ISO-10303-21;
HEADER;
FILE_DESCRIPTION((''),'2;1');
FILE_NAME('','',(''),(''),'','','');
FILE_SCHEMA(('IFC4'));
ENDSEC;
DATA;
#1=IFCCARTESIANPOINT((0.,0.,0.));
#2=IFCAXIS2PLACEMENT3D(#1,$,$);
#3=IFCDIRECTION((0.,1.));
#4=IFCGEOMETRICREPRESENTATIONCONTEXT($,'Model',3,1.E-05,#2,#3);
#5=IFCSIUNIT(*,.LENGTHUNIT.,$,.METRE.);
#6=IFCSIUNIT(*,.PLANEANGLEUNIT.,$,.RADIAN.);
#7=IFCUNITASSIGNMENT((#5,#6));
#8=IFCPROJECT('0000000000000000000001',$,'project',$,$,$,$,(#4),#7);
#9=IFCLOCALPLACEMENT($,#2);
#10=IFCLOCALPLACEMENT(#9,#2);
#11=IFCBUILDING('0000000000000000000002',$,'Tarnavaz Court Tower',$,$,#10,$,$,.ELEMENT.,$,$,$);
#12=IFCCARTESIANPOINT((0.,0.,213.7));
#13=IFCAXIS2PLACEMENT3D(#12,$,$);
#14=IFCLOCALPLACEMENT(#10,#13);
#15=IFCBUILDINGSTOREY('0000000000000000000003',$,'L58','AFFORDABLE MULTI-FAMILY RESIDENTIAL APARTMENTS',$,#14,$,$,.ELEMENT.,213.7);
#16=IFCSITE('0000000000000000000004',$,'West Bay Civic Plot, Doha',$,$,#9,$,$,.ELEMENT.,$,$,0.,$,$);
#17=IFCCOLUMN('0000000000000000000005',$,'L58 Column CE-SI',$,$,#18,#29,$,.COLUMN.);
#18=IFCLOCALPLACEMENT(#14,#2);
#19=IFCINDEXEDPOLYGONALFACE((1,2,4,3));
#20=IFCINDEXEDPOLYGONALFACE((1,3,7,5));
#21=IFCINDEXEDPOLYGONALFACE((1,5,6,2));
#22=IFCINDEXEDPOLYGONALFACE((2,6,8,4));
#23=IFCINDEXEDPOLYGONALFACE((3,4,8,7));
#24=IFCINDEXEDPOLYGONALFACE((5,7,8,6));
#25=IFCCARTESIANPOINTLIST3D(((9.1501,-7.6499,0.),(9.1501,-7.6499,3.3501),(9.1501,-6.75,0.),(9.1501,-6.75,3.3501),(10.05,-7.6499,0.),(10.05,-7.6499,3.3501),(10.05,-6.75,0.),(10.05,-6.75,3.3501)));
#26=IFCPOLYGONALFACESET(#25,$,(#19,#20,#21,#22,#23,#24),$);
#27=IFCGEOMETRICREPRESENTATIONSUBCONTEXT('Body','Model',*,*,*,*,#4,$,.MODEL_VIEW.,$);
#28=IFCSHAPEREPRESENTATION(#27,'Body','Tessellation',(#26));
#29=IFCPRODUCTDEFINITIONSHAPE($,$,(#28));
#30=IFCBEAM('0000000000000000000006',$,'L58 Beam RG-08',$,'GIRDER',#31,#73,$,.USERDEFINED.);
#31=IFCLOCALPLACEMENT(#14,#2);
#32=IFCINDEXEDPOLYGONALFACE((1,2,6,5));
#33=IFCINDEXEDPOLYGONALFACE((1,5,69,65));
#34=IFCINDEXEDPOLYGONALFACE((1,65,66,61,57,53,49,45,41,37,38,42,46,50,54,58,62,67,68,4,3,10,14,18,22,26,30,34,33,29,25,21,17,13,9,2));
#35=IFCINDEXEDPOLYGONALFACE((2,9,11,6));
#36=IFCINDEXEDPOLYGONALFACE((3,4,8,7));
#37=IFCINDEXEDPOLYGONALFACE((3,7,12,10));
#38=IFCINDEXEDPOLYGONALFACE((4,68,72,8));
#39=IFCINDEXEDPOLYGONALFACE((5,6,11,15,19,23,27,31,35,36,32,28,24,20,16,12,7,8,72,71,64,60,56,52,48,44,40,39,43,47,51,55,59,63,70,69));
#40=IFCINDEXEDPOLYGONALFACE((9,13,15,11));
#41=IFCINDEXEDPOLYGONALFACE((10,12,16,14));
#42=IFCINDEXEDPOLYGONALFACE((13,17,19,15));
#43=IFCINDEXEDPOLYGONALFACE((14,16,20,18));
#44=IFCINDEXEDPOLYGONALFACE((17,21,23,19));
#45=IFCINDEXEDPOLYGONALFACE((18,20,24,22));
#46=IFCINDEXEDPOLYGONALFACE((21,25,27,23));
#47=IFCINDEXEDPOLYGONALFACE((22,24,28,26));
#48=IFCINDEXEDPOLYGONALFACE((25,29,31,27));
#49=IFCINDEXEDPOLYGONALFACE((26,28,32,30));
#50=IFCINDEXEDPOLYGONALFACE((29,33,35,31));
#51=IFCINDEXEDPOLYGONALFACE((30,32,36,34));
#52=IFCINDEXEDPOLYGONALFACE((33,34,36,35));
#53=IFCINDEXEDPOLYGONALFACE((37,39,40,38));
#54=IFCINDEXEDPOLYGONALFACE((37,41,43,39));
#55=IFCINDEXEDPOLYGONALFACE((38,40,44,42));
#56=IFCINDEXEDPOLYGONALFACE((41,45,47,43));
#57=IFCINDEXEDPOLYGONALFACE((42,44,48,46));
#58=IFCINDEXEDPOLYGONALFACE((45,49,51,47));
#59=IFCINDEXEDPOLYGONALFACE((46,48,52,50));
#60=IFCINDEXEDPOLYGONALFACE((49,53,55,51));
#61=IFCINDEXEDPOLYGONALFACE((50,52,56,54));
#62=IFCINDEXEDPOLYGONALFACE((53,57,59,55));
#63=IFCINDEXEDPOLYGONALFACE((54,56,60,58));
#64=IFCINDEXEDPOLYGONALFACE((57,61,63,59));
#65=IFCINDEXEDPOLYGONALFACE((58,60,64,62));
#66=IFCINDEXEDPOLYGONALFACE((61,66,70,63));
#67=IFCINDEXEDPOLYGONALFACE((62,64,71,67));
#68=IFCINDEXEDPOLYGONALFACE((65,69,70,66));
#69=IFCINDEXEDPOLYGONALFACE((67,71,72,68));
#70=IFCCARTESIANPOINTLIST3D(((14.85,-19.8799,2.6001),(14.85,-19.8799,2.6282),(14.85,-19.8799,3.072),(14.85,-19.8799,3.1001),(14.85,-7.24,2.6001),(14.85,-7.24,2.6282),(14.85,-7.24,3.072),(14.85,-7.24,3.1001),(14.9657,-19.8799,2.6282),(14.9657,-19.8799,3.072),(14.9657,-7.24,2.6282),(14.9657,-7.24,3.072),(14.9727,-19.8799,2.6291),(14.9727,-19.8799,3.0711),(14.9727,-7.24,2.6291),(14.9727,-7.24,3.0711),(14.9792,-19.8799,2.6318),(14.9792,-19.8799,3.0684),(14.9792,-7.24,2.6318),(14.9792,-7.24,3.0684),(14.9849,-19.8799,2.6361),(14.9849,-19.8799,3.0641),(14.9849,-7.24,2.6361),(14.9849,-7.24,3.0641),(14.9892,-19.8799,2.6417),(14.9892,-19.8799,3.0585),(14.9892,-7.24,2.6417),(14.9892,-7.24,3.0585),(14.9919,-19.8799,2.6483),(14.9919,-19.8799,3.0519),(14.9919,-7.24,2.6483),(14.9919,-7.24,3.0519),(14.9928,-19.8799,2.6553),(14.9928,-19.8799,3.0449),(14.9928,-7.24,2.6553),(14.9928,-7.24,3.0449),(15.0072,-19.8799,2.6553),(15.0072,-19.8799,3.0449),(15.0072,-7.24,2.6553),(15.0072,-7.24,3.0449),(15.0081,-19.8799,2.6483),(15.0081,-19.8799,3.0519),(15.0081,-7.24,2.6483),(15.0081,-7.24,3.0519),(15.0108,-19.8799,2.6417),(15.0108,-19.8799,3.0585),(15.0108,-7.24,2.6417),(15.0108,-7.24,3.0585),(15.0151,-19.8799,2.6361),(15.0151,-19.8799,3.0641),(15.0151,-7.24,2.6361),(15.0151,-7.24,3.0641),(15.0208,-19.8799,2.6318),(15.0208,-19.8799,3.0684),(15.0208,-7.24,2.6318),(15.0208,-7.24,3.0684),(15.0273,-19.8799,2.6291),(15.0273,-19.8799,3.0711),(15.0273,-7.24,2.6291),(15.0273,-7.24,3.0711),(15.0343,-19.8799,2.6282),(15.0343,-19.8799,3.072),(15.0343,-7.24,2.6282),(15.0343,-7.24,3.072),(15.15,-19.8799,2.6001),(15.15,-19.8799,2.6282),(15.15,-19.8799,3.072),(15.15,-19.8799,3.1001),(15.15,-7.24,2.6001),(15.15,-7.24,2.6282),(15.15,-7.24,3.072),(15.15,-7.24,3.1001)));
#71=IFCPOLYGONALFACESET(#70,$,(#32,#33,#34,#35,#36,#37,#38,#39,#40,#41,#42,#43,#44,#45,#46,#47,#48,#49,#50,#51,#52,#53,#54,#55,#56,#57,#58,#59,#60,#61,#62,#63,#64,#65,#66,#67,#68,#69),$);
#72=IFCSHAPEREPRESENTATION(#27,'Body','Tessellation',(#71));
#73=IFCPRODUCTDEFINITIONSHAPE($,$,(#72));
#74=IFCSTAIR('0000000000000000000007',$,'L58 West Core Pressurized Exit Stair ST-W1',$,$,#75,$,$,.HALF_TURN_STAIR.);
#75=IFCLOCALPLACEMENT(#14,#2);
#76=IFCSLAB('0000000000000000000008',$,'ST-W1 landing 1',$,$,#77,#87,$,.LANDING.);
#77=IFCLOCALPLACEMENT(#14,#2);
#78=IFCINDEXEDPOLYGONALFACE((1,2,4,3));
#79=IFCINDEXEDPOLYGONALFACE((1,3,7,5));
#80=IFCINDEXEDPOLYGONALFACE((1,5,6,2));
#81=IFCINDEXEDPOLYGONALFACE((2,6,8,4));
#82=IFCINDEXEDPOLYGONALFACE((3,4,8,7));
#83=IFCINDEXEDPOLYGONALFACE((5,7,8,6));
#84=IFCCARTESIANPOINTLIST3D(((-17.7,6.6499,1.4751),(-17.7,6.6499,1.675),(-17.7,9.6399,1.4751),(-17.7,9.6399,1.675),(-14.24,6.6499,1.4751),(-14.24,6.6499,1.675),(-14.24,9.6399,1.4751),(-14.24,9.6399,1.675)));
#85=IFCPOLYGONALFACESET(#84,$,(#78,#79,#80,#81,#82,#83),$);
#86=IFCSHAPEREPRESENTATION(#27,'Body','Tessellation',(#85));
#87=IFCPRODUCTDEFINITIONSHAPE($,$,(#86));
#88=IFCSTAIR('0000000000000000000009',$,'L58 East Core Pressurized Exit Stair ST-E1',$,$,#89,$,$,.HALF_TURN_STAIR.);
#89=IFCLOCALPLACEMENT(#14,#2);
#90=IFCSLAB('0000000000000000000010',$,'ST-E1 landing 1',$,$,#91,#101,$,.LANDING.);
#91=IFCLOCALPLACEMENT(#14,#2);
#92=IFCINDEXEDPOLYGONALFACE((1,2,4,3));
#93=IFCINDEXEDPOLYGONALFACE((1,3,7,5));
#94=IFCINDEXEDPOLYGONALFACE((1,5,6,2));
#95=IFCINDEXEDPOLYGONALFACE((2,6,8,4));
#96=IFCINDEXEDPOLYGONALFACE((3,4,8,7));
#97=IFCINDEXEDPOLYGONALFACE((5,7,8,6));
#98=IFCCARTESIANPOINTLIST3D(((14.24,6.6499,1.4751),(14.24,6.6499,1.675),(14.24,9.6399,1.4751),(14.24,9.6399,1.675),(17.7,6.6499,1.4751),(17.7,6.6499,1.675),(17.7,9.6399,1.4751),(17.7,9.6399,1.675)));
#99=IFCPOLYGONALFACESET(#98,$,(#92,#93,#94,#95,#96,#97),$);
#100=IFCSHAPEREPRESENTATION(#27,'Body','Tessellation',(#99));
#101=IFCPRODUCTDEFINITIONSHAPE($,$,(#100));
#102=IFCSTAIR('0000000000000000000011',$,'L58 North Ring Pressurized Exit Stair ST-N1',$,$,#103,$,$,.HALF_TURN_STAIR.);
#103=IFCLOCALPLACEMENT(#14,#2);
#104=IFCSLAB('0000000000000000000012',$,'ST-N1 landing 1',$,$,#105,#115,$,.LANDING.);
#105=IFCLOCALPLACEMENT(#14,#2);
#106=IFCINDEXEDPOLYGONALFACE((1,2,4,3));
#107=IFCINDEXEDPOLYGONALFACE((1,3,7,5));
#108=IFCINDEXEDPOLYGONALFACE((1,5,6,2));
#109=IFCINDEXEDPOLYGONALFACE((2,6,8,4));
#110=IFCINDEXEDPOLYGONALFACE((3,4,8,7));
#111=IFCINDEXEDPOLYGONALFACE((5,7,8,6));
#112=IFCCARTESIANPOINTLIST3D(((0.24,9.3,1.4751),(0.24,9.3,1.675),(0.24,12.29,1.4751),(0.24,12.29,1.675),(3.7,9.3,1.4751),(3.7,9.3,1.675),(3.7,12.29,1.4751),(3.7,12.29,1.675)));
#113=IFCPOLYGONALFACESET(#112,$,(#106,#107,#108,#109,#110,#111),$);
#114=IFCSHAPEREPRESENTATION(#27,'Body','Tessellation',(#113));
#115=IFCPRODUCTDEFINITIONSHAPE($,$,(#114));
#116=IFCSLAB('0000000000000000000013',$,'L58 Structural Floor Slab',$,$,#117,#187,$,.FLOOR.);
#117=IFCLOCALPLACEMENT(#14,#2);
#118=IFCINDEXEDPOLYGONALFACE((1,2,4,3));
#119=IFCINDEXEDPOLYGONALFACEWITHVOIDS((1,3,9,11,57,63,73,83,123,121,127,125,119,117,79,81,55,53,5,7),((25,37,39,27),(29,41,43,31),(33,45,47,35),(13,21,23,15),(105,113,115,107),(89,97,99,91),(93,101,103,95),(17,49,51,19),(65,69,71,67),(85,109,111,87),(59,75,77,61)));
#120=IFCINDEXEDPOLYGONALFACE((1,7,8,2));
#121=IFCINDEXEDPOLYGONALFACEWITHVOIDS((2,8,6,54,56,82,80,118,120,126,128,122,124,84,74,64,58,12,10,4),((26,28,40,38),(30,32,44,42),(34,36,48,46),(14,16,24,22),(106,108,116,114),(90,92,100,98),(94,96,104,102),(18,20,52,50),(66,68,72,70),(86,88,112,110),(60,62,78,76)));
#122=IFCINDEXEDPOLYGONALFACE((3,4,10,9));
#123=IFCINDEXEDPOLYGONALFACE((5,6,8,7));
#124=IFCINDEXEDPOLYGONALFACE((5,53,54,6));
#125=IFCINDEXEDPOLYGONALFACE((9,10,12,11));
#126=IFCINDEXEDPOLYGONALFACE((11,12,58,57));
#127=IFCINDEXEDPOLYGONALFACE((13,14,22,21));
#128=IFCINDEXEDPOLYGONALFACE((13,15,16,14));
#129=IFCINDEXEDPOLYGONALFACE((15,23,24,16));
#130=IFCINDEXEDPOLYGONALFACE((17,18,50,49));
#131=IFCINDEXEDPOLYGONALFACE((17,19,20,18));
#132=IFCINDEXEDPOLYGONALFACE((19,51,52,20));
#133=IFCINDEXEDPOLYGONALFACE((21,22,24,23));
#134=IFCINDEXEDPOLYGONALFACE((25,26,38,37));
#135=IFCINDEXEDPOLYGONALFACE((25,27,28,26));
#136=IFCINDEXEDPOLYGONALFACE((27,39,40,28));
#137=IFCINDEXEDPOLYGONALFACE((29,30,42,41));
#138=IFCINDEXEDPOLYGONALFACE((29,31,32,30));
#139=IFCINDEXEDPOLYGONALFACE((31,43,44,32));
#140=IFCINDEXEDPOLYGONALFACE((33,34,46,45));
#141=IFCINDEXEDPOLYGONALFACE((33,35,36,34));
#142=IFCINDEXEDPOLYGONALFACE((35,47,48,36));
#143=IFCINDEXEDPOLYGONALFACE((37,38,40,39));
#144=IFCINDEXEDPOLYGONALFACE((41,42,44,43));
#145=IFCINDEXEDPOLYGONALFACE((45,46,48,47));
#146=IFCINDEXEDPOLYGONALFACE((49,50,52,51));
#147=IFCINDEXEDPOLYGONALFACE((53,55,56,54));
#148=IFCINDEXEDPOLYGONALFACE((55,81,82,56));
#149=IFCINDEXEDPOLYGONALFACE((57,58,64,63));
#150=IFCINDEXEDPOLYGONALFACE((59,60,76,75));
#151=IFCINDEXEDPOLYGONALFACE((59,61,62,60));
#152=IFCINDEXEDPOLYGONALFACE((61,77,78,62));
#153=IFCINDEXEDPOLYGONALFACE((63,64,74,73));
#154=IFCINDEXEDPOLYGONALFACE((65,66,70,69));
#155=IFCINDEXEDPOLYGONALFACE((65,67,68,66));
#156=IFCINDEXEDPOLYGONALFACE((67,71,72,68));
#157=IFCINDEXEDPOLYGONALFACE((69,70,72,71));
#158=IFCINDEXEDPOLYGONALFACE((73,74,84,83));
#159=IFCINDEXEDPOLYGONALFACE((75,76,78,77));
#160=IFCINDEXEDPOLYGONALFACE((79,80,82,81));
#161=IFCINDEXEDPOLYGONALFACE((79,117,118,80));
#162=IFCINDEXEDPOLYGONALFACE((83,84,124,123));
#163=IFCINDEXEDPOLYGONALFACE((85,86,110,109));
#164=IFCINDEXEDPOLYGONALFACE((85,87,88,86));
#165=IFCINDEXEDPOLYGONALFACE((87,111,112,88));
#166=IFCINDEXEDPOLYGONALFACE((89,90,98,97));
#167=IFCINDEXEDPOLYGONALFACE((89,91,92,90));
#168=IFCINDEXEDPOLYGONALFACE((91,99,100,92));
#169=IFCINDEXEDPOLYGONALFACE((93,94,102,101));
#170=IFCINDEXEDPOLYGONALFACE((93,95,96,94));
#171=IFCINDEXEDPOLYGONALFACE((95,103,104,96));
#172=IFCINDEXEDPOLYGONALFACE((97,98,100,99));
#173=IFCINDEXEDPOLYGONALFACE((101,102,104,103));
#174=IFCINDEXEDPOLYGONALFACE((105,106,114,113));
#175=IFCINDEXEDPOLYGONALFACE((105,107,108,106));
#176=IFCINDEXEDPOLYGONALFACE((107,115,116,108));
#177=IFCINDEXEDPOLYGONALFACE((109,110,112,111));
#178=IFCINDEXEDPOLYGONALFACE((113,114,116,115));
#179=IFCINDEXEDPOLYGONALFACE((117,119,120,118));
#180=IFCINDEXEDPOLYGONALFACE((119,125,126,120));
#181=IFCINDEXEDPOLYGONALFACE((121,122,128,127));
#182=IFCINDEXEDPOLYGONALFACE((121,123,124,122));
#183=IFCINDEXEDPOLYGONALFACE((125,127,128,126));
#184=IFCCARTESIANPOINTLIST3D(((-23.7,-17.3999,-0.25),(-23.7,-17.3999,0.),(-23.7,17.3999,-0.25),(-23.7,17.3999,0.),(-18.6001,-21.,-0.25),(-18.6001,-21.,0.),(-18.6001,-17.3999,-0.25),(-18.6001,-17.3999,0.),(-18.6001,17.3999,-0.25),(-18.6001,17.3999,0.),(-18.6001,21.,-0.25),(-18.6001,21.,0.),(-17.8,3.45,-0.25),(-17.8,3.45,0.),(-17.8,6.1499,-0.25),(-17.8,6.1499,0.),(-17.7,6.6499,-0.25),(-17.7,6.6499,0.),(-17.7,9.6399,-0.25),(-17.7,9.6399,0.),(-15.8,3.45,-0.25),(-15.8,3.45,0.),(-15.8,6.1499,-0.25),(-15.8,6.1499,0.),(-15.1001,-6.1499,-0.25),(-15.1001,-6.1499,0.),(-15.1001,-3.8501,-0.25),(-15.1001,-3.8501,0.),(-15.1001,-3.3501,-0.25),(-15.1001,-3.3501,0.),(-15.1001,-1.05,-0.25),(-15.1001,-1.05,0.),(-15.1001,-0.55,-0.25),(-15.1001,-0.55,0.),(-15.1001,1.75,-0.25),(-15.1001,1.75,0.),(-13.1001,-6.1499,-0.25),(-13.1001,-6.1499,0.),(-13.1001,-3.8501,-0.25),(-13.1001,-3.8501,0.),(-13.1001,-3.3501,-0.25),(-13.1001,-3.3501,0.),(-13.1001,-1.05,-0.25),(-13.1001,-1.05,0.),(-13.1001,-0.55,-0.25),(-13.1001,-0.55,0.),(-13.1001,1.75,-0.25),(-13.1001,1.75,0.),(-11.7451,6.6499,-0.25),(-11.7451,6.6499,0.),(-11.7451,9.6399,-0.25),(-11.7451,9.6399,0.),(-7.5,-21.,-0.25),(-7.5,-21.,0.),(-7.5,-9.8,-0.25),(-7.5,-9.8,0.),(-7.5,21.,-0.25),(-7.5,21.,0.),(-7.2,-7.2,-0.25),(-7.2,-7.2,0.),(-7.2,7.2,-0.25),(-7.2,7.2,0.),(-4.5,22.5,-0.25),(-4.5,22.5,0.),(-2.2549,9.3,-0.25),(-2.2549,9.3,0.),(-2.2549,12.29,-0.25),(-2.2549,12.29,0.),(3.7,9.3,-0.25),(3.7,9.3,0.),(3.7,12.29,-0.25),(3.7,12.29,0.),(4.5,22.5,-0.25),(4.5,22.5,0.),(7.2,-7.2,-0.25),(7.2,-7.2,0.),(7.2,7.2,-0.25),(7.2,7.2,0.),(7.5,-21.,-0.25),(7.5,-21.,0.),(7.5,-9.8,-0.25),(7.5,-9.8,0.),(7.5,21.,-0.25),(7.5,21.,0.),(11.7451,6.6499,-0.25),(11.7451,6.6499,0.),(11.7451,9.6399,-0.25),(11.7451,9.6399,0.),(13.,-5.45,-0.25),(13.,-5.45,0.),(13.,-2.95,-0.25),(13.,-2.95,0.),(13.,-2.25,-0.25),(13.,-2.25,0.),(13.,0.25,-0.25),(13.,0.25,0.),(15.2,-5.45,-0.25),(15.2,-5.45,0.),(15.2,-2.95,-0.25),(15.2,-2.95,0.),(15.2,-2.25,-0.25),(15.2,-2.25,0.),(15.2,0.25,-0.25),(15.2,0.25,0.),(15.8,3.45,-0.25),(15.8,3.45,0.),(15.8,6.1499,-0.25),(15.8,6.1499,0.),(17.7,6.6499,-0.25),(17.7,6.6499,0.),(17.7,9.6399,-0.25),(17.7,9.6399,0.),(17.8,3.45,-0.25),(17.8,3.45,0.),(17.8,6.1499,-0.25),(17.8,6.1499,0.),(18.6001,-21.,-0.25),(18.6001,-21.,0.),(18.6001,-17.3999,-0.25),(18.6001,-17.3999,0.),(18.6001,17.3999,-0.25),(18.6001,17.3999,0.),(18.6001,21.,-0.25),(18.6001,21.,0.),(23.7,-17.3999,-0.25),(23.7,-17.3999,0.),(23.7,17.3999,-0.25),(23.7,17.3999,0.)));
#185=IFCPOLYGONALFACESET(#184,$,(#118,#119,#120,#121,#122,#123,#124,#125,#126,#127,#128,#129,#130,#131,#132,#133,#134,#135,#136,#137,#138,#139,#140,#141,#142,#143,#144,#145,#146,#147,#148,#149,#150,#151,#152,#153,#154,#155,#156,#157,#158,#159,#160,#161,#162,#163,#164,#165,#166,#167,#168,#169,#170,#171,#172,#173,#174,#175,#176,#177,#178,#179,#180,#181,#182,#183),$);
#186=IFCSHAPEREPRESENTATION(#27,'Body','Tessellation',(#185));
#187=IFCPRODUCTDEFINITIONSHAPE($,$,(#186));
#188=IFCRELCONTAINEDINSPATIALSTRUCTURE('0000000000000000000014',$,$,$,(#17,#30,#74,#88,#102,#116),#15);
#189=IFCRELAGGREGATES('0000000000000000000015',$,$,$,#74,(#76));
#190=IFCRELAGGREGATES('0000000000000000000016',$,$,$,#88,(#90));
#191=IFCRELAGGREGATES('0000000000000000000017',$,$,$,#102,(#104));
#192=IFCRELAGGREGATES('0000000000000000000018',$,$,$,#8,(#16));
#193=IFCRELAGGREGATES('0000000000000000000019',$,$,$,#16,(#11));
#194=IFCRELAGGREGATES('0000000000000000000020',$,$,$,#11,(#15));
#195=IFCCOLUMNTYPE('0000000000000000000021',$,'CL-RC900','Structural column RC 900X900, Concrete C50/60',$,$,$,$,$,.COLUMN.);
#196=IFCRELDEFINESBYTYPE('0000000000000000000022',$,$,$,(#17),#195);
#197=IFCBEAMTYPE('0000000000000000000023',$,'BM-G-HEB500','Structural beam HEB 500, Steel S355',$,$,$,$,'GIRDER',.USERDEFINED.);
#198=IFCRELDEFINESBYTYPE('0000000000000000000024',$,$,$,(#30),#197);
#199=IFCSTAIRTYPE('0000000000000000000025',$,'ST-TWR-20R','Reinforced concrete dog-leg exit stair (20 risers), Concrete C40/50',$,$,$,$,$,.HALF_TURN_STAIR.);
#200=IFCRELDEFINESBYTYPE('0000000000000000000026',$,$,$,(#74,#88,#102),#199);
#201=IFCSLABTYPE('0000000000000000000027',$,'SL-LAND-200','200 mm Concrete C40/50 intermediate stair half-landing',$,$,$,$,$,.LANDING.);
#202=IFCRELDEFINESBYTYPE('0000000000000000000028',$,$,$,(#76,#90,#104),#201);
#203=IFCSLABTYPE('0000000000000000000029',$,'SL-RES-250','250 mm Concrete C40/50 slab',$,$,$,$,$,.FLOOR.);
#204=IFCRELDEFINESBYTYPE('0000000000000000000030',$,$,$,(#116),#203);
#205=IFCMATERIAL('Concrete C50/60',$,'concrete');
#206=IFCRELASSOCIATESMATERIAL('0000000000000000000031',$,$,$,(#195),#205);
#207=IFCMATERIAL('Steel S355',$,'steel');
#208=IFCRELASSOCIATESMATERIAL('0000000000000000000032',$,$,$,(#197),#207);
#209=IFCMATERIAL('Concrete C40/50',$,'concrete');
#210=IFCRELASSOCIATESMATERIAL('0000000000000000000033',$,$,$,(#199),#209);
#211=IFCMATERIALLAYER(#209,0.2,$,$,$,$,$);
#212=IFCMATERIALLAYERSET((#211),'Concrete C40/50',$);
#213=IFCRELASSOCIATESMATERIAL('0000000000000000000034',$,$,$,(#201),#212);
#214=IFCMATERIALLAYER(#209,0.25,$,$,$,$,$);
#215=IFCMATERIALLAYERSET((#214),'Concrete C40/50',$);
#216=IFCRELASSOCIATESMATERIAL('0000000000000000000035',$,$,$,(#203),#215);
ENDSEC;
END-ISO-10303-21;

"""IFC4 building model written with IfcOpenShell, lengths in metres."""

from ifc_helpers import new_model, si_unit, direction, frame, origin, origin_2d, place, context, subcontext, project, spatial, polyline, rectangle, i_section, outline, extrude, material, layer, layer_set, material_profile, profile_set, type_object, element, aggregate, save


model = new_model("IFC4")

# Units and contexts
model_context = context("Model", 3, precision=1e-05, world=origin(), true_north=direction((0.0, 1.0)))
body_context = subcontext(model_context, "Body", "Model", "MODEL_VIEW")
ifc_project = project(units=[si_unit("LENGTHUNIT", "METRE"), si_unit("PLANEANGLEUNIT", "RADIAN")], contexts=[model_context])

# Site, building, storey
site_placement = place(None, origin())
site = spatial("IfcSite", under=ifc_project, at=site_placement, Name="West Bay Civic Plot, Doha", CompositionType="ELEMENT", RefElevation=0.0)
building_placement = place(site_placement, origin())
building = spatial("IfcBuilding", under=site, at=building_placement, Name="Tarnavaz Court Tower", CompositionType="ELEMENT")
storey_placement = place(building_placement, frame((0.0, 0.0, 213.7)))
storey = spatial("IfcBuildingStorey", under=building, at=storey_placement, Name="L58", Description="AFFORDABLE MULTI-FAMILY RESIDENTIAL APARTMENTS", CompositionType="ELEMENT", Elevation=213.7)

# Column
ifc_material_1 = material(Name="Concrete C50/60", Category="concrete")
ifc_material_profile_1 = material_profile(ifc_material_1, rectangle(XDim=0.8999, YDim=0.8999, at=origin_2d()), Name="RC 900X900")
ifc_profile_set_1 = profile_set([ifc_material_profile_1], Name="Concrete C50/60")
column_type = type_object("IfcColumnType", Name="CL-RC900", Description="Structural column RC 900X900, Concrete C50/60", PredefinedType="COLUMN", material=ifc_profile_set_1)
column_placement = place(storey_placement, frame((9.6001, -7.2, 0.0), z_axis=(0.0, 0.0, 1.0), x_axis=(1.0, 0.0, 0.0)))
element("IfcColumn", 1, at=column_placement, inside=storey, type_object=column_type, Name="L58 Column CE-SI", PredefinedType="COLUMN", context=body_context, shape_type="SweptSolid", body=[
    extrude(rectangle(XDim=0.8999, YDim=0.8999, at=origin_2d()), origin(), (0.0, 0.0, 1.0), 3.3501),
])

# Beam
ifc_material_2 = material(Name="Steel S355", Category="steel")
ifc_material_profile_2 = material_profile(ifc_material_2, i_section(OverallWidth=0.3, OverallDepth=0.5, WebThickness=0.0144, FlangeThickness=0.0281, FilletRadius=0.0271, at=origin_2d()), Name="HEB 500")
ifc_profile_set_2 = profile_set([ifc_material_profile_2], Name="Steel S355")
beam_type = type_object("IfcBeamType", Name="BM-G-HEB500", Description="Structural beam HEB 500, Steel S355", ElementType="GIRDER", PredefinedType="USERDEFINED", material=ifc_profile_set_2)
beam_placement = place(storey_placement, frame((15.0, -7.24, 2.8501), z_axis=(0.0, -1.0, 0.0), x_axis=(1.0, 0.0, 0.0)))
element("IfcBeam", 2, at=beam_placement, inside=storey, type_object=beam_type, Name="L58 Beam RG-08", ObjectType="GIRDER", PredefinedType="USERDEFINED", context=body_context, shape_type="SweptSolid", body=[
    extrude(i_section(OverallWidth=0.3, OverallDepth=0.5, WebThickness=0.0144, FlangeThickness=0.0281, FilletRadius=0.0271, at=origin_2d()), origin(), (0.0, 0.0, 1.0), 12.6399),
])

# Stairs, slabs
ifc_material_3 = material(Name="Concrete C40/50", Category="concrete")
stair_type = type_object("IfcStairType", Name="ST-TWR-20R", Description="Reinforced concrete dog-leg exit stair (20 risers), Concrete C40/50", PredefinedType="HALF_TURN_STAIR", material=ifc_material_3)
stair_1_placement = place(storey_placement, origin())
stair_1 = element("IfcStair", 3, at=stair_1_placement, inside=storey, type_object=stair_type, Name="L58 West Core Pressurized Exit Stair ST-W1", PredefinedType="HALF_TURN_STAIR")
ifc_layer_1 = layer(ifc_material_3, 0.2)
ifc_layer_set_1 = layer_set([ifc_layer_1], Name="Concrete C40/50")
slab_type_1 = type_object("IfcSlabType", Name="SL-LAND-200", Description="200 mm Concrete C40/50 intermediate stair half-landing", PredefinedType="LANDING", material=ifc_layer_set_1)
slab_1_placement = place(storey_placement, frame((0.0, 0.0, 1.4751)))
slab_1 = element("IfcSlab", 4, at=slab_1_placement, type_object=slab_type_1, Name="ST-W1 landing 1", PredefinedType="LANDING", context=body_context, shape_type="SweptSolid", body=[
    extrude(outline(polyline([(-14.24, 9.6399), (-17.7, 9.6399), (-17.7, 6.6499), (-14.24, 6.6499), (-14.24, 9.6399)])), origin(), (0.0, 0.0, 1.0), 0.2),
])
aggregate(stair_1, [slab_1])
stair_2_placement = place(storey_placement, origin())
stair_2 = element("IfcStair", 5, at=stair_2_placement, inside=storey, type_object=stair_type, Name="L58 East Core Pressurized Exit Stair ST-E1", PredefinedType="HALF_TURN_STAIR")
slab_2_placement = place(storey_placement, frame((0.0, 0.0, 1.4751)))
slab_2 = element("IfcSlab", 6, at=slab_2_placement, type_object=slab_type_1, Name="ST-E1 landing 1", PredefinedType="LANDING", context=body_context, shape_type="SweptSolid", body=[
    extrude(outline(polyline([(14.24, 6.6499), (17.7, 6.6499), (17.7, 9.6399), (14.24, 9.6399), (14.24, 6.6499)])), origin(), (0.0, 0.0, 1.0), 0.2),
])
aggregate(stair_2, [slab_2])
stair_3_placement = place(storey_placement, origin())
stair_3 = element("IfcStair", 7, at=stair_3_placement, inside=storey, type_object=stair_type, Name="L58 North Ring Pressurized Exit Stair ST-N1", PredefinedType="HALF_TURN_STAIR")
slab_3_placement = place(storey_placement, frame((0.0, 0.0, 1.4751)))
slab_3 = element("IfcSlab", 8, at=slab_3_placement, type_object=slab_type_1, Name="ST-N1 landing 1", PredefinedType="LANDING", context=body_context, shape_type="SweptSolid", body=[
    extrude(outline(polyline([(0.24, 9.3), (3.7, 9.3), (3.7, 12.29), (0.24, 12.29), (0.24, 9.3)])), origin(), (0.0, 0.0, 1.0), 0.2),
])
aggregate(stair_3, [slab_3])

# Slab
ifc_layer_2 = layer(ifc_material_3, 0.25)
ifc_layer_set_2 = layer_set([ifc_layer_2], Name="Concrete C40/50")
slab_type_2 = type_object("IfcSlabType", Name="SL-RES-250", Description="250 mm Concrete C40/50 slab", PredefinedType="FLOOR", material=ifc_layer_set_2)
slab_4_placement = place(storey_placement, frame((0.0, 0.0, -0.25)))
element("IfcSlab", 9, at=slab_4_placement, inside=storey, type_object=slab_type_2, Name="L58 Structural Floor Slab", PredefinedType="FLOOR", context=body_context, shape_type="SweptSolid", body=[
    extrude(outline(polyline([(-18.6001, -21.0), (-7.5, -21.0), (-7.5, -9.8), (7.5, -9.8), (7.5, -21.0), (18.6001, -21.0), (18.6001, -17.3999), (23.7, -17.3999), (23.7, 17.3999), (18.6001, 17.3999), (18.6001, 21.0), (7.5, 21.0), (4.5, 22.5), (-4.5, 22.5), (-7.5, 21.0), (-18.6001, 21.0), (-18.6001, 17.3999), (-23.7, 17.3999), (-23.7, -17.3999), (-18.6001, -17.3999), (-18.6001, -21.0)]), holes=[polyline([(-7.2, -7.2), (7.2, -7.2), (7.2, 7.2), (-7.2, 7.2), (-7.2, -7.2)]), polyline([(-11.7451, 9.6399), (-17.7, 9.6399), (-17.7, 6.6499), (-11.7451, 6.6499), (-11.7451, 9.6399)]), polyline([(11.7451, 6.6499), (17.7, 6.6499), (17.7, 9.6399), (11.7451, 9.6399), (11.7451, 6.6499)]), polyline([(-2.2549, 9.3), (3.7, 9.3), (3.7, 12.29), (-2.2549, 12.29), (-2.2549, 9.3)]), polyline([(-17.8, 3.45), (-15.8, 3.45), (-15.8, 6.1499), (-17.8, 6.1499), (-17.8, 3.45)]), polyline([(-15.1001, -6.1499), (-13.1001, -6.1499), (-13.1001, -3.8501), (-15.1001, -3.8501), (-15.1001, -6.1499)]), polyline([(-15.1001, -3.3501), (-13.1001, -3.3501), (-13.1001, -1.05), (-15.1001, -1.05), (-15.1001, -3.3501)]), polyline([(-15.1001, -0.55), (-13.1001, -0.55), (-13.1001, 1.75), (-15.1001, 1.75), (-15.1001, -0.55)]), polyline([(15.8, 3.45), (17.8, 3.45), (17.8, 6.1499), (15.8, 6.1499), (15.8, 3.45)]), polyline([(13.0, -5.45), (15.2, -5.45), (15.2, -2.95), (13.0, -2.95), (13.0, -5.45)]), polyline([(13.0, -2.25), (15.2, -2.25), (15.2, 0.25), (13.0, 0.25), (13.0, -2.25)])]), origin(), (0.0, 0.0, 1.0), 0.25),
])

save(model, "model.ifc")
